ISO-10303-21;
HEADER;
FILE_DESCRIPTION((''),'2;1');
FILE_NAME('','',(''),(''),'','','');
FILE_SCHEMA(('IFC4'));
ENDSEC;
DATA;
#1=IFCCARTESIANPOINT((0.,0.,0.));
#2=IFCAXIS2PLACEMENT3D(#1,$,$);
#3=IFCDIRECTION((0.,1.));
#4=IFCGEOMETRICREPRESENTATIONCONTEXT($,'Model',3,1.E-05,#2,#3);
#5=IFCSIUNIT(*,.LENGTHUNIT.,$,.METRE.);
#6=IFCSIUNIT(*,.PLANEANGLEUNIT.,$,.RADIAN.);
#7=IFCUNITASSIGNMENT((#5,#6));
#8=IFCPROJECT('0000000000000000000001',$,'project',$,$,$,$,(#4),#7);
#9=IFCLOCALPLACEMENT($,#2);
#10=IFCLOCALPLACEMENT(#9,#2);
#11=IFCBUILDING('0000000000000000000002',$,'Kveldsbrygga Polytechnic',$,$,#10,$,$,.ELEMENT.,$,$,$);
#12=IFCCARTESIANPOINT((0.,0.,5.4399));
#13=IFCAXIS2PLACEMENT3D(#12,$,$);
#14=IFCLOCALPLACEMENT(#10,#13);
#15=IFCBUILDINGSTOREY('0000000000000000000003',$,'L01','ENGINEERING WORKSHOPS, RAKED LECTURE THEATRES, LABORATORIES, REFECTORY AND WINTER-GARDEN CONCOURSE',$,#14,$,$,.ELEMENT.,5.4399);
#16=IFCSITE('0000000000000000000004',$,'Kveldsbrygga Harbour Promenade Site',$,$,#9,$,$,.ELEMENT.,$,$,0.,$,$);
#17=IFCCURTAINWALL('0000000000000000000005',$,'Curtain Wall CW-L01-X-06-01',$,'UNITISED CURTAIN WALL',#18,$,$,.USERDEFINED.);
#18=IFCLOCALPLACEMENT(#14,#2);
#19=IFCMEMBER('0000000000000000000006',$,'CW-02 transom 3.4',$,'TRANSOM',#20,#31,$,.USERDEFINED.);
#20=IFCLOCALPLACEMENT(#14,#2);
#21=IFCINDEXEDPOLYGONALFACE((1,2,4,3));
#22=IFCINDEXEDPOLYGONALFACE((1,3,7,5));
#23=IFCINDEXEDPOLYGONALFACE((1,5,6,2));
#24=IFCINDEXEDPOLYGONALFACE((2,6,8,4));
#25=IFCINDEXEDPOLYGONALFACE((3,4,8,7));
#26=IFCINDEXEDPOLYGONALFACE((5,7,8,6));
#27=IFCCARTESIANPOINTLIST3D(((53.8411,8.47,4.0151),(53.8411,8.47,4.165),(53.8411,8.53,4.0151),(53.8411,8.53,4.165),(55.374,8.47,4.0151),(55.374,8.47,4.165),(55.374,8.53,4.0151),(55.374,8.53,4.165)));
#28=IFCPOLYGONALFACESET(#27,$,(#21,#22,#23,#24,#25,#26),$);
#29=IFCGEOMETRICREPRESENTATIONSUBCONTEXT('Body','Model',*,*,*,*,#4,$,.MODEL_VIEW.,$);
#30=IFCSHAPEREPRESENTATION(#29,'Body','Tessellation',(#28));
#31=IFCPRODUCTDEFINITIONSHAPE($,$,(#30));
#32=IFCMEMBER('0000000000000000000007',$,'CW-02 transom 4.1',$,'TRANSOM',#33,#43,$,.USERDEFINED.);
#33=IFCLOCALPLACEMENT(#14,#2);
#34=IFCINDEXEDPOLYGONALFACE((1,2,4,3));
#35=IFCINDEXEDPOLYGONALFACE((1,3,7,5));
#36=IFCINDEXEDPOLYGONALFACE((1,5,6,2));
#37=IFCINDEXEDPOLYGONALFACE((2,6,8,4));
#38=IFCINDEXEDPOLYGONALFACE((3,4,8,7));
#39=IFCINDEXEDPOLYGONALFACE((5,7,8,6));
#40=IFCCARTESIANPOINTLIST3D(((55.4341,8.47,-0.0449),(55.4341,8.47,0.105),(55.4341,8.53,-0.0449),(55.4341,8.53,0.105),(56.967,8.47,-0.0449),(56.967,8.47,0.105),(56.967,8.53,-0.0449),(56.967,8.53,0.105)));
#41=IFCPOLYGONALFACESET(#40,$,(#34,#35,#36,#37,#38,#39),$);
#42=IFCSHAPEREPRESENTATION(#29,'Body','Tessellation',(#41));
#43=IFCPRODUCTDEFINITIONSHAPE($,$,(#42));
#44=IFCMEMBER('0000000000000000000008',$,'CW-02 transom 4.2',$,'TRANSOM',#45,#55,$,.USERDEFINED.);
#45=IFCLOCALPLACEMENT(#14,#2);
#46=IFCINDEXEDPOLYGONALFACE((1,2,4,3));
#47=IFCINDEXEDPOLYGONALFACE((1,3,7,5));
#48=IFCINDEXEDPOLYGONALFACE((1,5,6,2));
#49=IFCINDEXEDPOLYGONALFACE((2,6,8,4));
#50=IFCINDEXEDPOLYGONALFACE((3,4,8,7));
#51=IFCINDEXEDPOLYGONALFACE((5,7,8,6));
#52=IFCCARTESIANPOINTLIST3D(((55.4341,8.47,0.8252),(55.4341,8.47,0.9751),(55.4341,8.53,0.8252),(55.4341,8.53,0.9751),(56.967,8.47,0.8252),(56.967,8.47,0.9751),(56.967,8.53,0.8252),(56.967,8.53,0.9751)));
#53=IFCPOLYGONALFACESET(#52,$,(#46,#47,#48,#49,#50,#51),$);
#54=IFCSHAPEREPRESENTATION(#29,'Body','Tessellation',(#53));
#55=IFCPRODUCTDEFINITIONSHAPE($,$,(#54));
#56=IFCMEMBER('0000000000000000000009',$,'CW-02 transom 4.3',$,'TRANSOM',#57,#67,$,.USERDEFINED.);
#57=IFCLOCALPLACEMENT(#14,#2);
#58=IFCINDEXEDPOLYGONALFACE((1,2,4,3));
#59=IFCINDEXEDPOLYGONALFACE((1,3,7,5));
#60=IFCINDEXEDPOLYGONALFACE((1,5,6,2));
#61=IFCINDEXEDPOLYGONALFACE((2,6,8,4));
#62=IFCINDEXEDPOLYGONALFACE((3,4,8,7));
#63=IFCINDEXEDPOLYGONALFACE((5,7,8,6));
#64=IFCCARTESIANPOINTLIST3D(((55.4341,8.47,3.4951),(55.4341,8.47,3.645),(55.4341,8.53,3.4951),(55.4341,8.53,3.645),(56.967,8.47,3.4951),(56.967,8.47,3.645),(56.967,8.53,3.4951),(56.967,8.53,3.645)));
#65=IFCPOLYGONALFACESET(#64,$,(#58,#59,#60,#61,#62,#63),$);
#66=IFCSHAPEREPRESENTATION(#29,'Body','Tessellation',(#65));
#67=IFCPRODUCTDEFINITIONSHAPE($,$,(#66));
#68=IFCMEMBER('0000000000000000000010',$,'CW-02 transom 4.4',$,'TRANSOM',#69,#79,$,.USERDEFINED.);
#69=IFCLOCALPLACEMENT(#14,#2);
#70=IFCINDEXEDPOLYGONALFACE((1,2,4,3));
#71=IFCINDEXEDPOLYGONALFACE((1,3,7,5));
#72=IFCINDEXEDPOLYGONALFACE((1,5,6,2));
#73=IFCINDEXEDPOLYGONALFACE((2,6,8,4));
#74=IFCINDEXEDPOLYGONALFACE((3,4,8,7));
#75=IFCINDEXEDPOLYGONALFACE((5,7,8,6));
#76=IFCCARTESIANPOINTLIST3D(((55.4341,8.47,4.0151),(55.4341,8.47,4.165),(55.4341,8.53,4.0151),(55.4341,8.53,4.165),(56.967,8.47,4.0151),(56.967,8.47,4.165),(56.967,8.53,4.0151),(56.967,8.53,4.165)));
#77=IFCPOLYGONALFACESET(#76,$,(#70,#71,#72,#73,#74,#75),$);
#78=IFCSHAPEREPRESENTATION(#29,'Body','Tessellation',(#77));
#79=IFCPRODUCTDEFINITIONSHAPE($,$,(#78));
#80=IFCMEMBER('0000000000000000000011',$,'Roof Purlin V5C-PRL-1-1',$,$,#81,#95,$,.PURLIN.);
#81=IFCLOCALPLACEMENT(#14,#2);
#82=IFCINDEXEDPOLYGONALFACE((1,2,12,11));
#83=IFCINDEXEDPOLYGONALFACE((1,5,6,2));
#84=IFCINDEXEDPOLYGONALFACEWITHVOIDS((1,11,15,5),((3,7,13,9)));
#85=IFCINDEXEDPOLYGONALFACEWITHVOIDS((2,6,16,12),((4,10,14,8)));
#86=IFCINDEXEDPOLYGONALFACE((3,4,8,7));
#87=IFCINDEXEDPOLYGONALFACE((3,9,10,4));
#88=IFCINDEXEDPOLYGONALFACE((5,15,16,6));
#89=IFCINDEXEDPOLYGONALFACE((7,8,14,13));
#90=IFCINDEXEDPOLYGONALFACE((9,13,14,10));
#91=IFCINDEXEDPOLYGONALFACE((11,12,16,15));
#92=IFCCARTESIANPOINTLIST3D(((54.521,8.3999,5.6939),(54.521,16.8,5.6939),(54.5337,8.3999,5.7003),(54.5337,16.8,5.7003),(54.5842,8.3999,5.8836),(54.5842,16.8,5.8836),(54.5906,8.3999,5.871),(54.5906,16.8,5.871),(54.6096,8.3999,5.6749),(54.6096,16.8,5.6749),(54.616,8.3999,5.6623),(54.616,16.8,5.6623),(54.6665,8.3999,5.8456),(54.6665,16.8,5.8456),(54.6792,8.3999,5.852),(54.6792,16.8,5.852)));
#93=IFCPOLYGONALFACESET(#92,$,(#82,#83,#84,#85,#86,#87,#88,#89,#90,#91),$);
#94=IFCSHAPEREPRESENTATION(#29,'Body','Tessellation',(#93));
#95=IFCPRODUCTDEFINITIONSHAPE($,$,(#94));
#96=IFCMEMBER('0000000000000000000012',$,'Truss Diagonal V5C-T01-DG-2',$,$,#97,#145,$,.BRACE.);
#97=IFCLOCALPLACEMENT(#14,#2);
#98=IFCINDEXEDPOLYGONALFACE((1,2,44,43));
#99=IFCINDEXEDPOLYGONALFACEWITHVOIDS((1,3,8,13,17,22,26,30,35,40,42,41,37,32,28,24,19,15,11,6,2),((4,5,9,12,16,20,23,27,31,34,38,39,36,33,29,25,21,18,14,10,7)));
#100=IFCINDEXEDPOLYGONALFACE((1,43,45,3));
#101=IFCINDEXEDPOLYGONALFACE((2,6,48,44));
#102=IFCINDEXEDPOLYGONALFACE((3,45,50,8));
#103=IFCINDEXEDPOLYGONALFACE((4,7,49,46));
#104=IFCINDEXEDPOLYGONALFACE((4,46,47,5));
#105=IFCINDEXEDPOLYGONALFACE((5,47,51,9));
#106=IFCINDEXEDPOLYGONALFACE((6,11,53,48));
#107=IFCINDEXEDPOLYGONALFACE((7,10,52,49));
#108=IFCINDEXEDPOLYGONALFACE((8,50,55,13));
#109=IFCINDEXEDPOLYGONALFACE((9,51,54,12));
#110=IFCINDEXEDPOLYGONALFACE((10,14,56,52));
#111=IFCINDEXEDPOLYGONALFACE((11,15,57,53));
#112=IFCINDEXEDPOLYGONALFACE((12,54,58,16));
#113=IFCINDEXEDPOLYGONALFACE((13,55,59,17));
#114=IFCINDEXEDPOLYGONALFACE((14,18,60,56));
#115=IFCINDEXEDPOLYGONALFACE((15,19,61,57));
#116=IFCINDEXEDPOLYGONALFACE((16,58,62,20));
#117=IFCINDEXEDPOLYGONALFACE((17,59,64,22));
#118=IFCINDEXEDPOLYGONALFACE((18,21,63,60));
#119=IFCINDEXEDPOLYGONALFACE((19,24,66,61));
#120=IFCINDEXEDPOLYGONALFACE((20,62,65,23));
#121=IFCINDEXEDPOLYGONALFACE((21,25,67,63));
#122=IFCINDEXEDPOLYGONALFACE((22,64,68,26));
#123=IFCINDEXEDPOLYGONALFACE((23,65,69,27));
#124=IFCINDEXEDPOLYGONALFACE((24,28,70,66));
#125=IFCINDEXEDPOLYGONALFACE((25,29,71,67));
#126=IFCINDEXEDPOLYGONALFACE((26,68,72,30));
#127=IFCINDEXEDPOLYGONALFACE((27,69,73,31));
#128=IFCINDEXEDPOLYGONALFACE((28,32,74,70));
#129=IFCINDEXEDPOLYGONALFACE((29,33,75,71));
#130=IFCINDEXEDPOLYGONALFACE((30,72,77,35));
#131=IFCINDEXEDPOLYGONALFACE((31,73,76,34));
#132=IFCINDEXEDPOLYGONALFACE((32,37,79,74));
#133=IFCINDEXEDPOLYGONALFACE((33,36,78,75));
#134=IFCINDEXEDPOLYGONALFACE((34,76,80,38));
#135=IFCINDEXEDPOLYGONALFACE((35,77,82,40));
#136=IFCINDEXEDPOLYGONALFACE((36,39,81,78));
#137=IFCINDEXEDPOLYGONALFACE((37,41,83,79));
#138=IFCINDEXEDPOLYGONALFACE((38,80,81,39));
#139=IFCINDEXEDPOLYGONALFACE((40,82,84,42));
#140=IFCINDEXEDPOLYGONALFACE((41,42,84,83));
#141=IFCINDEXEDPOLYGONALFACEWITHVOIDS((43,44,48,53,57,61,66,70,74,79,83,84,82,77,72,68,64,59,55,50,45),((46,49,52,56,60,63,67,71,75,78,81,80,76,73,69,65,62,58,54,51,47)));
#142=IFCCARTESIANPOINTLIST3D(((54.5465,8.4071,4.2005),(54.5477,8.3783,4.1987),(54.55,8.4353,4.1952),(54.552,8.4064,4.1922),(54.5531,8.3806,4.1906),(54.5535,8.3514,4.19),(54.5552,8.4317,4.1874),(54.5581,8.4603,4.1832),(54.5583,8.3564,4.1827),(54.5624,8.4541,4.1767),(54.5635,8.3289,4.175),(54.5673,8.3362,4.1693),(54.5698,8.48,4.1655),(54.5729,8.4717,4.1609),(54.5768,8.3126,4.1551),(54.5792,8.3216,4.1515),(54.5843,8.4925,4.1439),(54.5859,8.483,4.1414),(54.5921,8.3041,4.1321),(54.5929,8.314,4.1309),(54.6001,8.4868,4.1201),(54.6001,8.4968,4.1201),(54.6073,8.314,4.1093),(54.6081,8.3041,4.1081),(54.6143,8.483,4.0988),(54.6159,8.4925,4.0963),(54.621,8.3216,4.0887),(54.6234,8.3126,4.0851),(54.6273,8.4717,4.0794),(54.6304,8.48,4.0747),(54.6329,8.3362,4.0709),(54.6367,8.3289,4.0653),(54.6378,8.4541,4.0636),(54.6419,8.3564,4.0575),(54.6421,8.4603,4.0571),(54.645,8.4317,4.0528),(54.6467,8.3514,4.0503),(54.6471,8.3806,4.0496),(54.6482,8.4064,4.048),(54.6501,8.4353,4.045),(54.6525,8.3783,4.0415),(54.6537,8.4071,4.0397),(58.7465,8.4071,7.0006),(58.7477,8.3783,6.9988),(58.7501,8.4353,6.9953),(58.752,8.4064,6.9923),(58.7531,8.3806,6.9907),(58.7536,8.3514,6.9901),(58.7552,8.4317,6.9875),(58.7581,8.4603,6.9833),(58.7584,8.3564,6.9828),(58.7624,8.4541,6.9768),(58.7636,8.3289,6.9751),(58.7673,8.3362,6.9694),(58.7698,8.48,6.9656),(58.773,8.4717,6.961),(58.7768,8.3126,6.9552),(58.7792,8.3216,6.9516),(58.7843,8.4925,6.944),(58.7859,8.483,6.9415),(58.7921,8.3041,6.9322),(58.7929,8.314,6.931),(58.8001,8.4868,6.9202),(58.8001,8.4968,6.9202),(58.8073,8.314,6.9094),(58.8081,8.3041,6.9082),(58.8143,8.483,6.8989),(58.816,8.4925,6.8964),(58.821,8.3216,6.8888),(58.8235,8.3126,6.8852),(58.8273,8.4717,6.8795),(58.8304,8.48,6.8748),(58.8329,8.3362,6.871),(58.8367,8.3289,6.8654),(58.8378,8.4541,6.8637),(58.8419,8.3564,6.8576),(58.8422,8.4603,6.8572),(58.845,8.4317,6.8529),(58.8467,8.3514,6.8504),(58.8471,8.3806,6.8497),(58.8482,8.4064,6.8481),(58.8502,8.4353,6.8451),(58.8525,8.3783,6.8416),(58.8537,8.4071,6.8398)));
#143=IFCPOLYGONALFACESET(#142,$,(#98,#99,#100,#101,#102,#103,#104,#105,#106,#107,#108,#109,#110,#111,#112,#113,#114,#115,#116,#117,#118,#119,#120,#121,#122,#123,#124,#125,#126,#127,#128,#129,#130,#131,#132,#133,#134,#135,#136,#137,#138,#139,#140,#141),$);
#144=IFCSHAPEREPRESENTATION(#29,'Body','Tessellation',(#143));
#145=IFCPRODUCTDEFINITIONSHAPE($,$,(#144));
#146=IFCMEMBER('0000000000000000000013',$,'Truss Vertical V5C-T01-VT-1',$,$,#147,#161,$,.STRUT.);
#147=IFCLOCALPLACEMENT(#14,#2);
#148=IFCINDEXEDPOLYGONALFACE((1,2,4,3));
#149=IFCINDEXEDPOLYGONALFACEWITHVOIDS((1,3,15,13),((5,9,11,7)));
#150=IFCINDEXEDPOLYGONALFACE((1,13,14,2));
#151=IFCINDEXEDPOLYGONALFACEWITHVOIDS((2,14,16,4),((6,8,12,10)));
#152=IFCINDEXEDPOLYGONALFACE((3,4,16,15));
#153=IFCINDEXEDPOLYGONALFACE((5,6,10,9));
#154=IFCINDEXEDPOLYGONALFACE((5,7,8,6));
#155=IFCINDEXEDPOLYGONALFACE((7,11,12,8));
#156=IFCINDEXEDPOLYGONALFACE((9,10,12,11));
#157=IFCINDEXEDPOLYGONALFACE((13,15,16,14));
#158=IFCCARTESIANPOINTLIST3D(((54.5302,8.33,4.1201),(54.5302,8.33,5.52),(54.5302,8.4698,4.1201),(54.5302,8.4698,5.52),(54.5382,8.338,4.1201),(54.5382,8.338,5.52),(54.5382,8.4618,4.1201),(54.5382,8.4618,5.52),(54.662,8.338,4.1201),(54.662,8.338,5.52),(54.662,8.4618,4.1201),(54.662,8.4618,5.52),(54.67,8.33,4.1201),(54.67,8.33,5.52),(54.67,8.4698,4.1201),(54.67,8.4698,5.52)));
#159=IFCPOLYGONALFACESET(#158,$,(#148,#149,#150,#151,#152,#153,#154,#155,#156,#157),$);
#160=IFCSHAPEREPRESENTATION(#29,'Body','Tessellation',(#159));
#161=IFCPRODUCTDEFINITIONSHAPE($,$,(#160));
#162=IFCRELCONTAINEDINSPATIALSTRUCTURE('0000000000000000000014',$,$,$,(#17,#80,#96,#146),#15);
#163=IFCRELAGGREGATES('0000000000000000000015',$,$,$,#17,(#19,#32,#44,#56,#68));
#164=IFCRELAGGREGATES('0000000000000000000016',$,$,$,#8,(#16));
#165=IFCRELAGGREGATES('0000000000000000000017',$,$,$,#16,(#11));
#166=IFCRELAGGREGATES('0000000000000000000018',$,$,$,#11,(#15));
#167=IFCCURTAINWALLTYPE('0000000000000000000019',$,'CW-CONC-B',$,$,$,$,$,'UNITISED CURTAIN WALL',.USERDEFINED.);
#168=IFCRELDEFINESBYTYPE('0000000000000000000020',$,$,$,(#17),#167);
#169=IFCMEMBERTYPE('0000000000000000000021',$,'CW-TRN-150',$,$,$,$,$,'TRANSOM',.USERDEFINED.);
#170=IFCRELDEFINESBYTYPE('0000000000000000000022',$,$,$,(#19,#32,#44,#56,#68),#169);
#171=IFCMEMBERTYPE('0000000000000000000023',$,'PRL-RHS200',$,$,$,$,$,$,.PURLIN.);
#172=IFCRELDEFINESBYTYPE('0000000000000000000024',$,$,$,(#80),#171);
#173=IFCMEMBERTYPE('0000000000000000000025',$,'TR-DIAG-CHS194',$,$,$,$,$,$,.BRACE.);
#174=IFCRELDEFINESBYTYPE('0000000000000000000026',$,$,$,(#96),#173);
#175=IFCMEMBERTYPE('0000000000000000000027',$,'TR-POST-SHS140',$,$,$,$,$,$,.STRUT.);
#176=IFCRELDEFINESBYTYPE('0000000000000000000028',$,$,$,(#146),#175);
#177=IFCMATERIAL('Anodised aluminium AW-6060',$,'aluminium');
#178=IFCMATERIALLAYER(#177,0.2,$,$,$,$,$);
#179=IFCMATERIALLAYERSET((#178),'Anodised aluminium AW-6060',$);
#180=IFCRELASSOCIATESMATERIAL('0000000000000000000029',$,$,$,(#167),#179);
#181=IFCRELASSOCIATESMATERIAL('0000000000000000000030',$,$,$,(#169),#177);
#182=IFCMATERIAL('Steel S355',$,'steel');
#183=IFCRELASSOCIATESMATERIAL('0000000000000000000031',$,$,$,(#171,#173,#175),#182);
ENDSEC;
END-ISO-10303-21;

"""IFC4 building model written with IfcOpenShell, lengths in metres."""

from ifc_helpers import new_model, si_unit, direction, frame, origin, origin_2d, place, context, subcontext, project, spatial, rectangle, hollow_rectangle, hollow_circle, extrude, material, layer, layer_set, material_profile, profile_set, type_object, element, aggregate, save


model = new_model("IFC4")

# Units and contexts
model_context = context("Model", 3, precision=1e-05, world=origin(), true_north=direction((0.0, 1.0)))
body_context = subcontext(model_context, "Body", "Model", "MODEL_VIEW")
ifc_project = project(units=[si_unit("LENGTHUNIT", "METRE"), si_unit("PLANEANGLEUNIT", "RADIAN")], contexts=[model_context])

# Site, building, storey
site_placement = place(None, origin())
site = spatial("IfcSite", under=ifc_project, at=site_placement, Name="Kveldsbrygga Harbour Promenade Site", CompositionType="ELEMENT", RefElevation=0.0)
building_placement = place(site_placement, origin())
building = spatial("IfcBuilding", under=site, at=building_placement, Name="Kveldsbrygga Polytechnic", CompositionType="ELEMENT")
storey_placement = place(building_placement, frame((0.0, 0.0, 5.4399)))
storey = spatial("IfcBuildingStorey", under=building, at=storey_placement, Name="L01", Description="ENGINEERING WORKSHOPS, RAKED LECTURE THEATRES, LABORATORIES, REFECTORY AND WINTER-GARDEN CONCOURSE", CompositionType="ELEMENT", Elevation=5.4399)

# Curtain wall, members
ifc_material_1 = material(Name="Anodised aluminium AW-6060", Category="aluminium")
ifc_layer_1 = layer(ifc_material_1, 0.2)
ifc_layer_set_1 = layer_set([ifc_layer_1], Name="Anodised aluminium AW-6060")
curtain_wall_type = type_object("IfcCurtainWallType", Name="CW-CONC-B", ElementType="UNITISED CURTAIN WALL", PredefinedType="USERDEFINED", material=ifc_layer_set_1)
curtain_wall_placement = place(storey_placement, origin())
curtain_wall = element("IfcCurtainWall", 1, at=curtain_wall_placement, inside=storey, type_object=curtain_wall_type, Name="Curtain Wall CW-L01-X-06-01", ObjectType="UNITISED CURTAIN WALL", PredefinedType="USERDEFINED")
ifc_material_profile_1 = material_profile(ifc_material_1, rectangle(XDim=0.0601, YDim=0.1499, at=origin_2d()), Name="ALU 60x150")
ifc_profile_set_1 = profile_set([ifc_material_profile_1], Name="Anodised aluminium AW-6060")
member_type_1 = type_object("IfcMemberType", Name="CW-TRN-150", ElementType="TRANSOM", PredefinedType="USERDEFINED", material=ifc_profile_set_1)
member_1_placement = place(storey_placement, frame((53.8411, 8.5, 4.0901), z_axis=(1.0, 0.0, 0.0), x_axis=(0.0, 1.0, 0.0)))
member_1 = element("IfcMember", 2, at=member_1_placement, type_object=member_type_1, Name="CW-02 transom 3.4", ObjectType="TRANSOM", PredefinedType="USERDEFINED", context=body_context, shape_type="SweptSolid", body=[
    extrude(rectangle(XDim=0.0601, YDim=0.1499, at=origin_2d()), origin(), (0.0, 0.0, 1.0), 1.533),
])
member_2_placement = place(storey_placement, frame((55.4341, 8.5, 0.03), z_axis=(1.0, 0.0, 0.0), x_axis=(0.0, 1.0, 0.0)))
member_2 = element("IfcMember", 3, at=member_2_placement, type_object=member_type_1, Name="CW-02 transom 4.1", ObjectType="TRANSOM", PredefinedType="USERDEFINED", context=body_context, shape_type="SweptSolid", body=[
    extrude(rectangle(XDim=0.0601, YDim=0.1499, at=origin_2d()), origin(), (0.0, 0.0, 1.0), 1.533),
])
member_3_placement = place(storey_placement, frame((55.4341, 8.5, 0.9001), z_axis=(1.0, 0.0, 0.0), x_axis=(0.0, 1.0, 0.0)))
member_3 = element("IfcMember", 4, at=member_3_placement, type_object=member_type_1, Name="CW-02 transom 4.2", ObjectType="TRANSOM", PredefinedType="USERDEFINED", context=body_context, shape_type="SweptSolid", body=[
    extrude(rectangle(XDim=0.0601, YDim=0.1499, at=origin_2d()), origin(), (0.0, 0.0, 1.0), 1.533),
])
member_4_placement = place(storey_placement, frame((55.4341, 8.5, 3.5701), z_axis=(1.0, 0.0, 0.0), x_axis=(0.0, 1.0, 0.0)))
member_4 = element("IfcMember", 5, at=member_4_placement, type_object=member_type_1, Name="CW-02 transom 4.3", ObjectType="TRANSOM", PredefinedType="USERDEFINED", context=body_context, shape_type="SweptSolid", body=[
    extrude(rectangle(XDim=0.0601, YDim=0.1499, at=origin_2d()), origin(), (0.0, 0.0, 1.0), 1.533),
])
member_5_placement = place(storey_placement, frame((55.4341, 8.5, 4.0901), z_axis=(1.0, 0.0, 0.0), x_axis=(0.0, 1.0, 0.0)))
member_5 = element("IfcMember", 6, at=member_5_placement, type_object=member_type_1, Name="CW-02 transom 4.4", ObjectType="TRANSOM", PredefinedType="USERDEFINED", context=body_context, shape_type="SweptSolid", body=[
    extrude(rectangle(XDim=0.0601, YDim=0.1499, at=origin_2d()), origin(), (0.0, 0.0, 1.0), 1.533),
])

# Members
ifc_material_2 = material(Name="Steel S355", Category="steel")
ifc_material_profile_2 = material_profile(ifc_material_2, hollow_rectangle(XDim=0.1001, YDim=0.2, WallThickness=0.01, at=origin_2d()), Name="RHS 200x100x10.0")
ifc_profile_set_2 = profile_set([ifc_material_profile_2], Name="Steel S355")
member_type_2 = type_object("IfcMemberType", Name="PRL-RHS200", PredefinedType="PURLIN", material=ifc_profile_set_2)
member_6_placement = place(storey_placement, frame((54.6001, 8.3999, 5.7729), z_axis=(0.0, 1.0, 0.0), x_axis=(-0.948684, 0.0, 0.316227)))
element("IfcMember", 7, at=member_6_placement, inside=storey, type_object=member_type_2, Name="Roof Purlin V5C-PRL-1-1", PredefinedType="PURLIN", context=body_context, shape_type="SweptSolid", body=[
    extrude(hollow_rectangle(XDim=0.1001, YDim=0.2, WallThickness=0.01, at=origin_2d()), origin(), (0.0, 0.0, 1.0), 8.4001),
])
ifc_material_profile_3 = material_profile(ifc_material_2, hollow_circle(Radius=0.0969, WallThickness=0.01, at=origin_2d()), Name="CHS 193.7x10.0")
ifc_profile_set_3 = profile_set([ifc_material_profile_3], Name="Steel S355")
member_type_3 = type_object("IfcMemberType", Name="TR-DIAG-CHS194", PredefinedType="BRACE", material=ifc_profile_set_3)
member_7_placement = place(storey_placement, frame((54.6001, 8.3999, 4.1201), z_axis=(0.832043, 0.0, 0.554711), x_axis=(0.0, 1.0, 0.0)))
element("IfcMember", 8, at=member_7_placement, inside=storey, type_object=member_type_3, Name="Truss Diagonal V5C-T01-DG-2", PredefinedType="BRACE", context=body_context, shape_type="SweptSolid", body=[
    extrude(hollow_circle(Radius=0.0969, WallThickness=0.01, at=origin_2d()), origin(), (0.0, 0.0, 1.0), 5.0479),
])
ifc_material_profile_4 = material_profile(ifc_material_2, hollow_rectangle(XDim=0.1399, YDim=0.1399, WallThickness=0.0081, at=origin_2d()), Name="SHS 140x140x8.0")
ifc_profile_set_4 = profile_set([ifc_material_profile_4], Name="Steel S355")
member_type_4 = type_object("IfcMemberType", Name="TR-POST-SHS140", PredefinedType="STRUT", material=ifc_profile_set_4)
member_8_placement = place(storey_placement, frame((54.6001, 8.3999, 4.1201), z_axis=(0.0, 0.0, 1.0), x_axis=(1.0, 0.0, 0.0)))
element("IfcMember", 9, at=member_8_placement, inside=storey, type_object=member_type_4, Name="Truss Vertical V5C-T01-VT-1", PredefinedType="STRUT", context=body_context, shape_type="SweptSolid", body=[
    extrude(hollow_rectangle(XDim=0.1399, YDim=0.1399, WallThickness=0.0081, at=origin_2d()), origin(), (0.0, 0.0, 1.0), 1.3999),
])

aggregate(curtain_wall, [member_1, member_2, member_3, member_4, member_5])

save(model, "model.ifc")
